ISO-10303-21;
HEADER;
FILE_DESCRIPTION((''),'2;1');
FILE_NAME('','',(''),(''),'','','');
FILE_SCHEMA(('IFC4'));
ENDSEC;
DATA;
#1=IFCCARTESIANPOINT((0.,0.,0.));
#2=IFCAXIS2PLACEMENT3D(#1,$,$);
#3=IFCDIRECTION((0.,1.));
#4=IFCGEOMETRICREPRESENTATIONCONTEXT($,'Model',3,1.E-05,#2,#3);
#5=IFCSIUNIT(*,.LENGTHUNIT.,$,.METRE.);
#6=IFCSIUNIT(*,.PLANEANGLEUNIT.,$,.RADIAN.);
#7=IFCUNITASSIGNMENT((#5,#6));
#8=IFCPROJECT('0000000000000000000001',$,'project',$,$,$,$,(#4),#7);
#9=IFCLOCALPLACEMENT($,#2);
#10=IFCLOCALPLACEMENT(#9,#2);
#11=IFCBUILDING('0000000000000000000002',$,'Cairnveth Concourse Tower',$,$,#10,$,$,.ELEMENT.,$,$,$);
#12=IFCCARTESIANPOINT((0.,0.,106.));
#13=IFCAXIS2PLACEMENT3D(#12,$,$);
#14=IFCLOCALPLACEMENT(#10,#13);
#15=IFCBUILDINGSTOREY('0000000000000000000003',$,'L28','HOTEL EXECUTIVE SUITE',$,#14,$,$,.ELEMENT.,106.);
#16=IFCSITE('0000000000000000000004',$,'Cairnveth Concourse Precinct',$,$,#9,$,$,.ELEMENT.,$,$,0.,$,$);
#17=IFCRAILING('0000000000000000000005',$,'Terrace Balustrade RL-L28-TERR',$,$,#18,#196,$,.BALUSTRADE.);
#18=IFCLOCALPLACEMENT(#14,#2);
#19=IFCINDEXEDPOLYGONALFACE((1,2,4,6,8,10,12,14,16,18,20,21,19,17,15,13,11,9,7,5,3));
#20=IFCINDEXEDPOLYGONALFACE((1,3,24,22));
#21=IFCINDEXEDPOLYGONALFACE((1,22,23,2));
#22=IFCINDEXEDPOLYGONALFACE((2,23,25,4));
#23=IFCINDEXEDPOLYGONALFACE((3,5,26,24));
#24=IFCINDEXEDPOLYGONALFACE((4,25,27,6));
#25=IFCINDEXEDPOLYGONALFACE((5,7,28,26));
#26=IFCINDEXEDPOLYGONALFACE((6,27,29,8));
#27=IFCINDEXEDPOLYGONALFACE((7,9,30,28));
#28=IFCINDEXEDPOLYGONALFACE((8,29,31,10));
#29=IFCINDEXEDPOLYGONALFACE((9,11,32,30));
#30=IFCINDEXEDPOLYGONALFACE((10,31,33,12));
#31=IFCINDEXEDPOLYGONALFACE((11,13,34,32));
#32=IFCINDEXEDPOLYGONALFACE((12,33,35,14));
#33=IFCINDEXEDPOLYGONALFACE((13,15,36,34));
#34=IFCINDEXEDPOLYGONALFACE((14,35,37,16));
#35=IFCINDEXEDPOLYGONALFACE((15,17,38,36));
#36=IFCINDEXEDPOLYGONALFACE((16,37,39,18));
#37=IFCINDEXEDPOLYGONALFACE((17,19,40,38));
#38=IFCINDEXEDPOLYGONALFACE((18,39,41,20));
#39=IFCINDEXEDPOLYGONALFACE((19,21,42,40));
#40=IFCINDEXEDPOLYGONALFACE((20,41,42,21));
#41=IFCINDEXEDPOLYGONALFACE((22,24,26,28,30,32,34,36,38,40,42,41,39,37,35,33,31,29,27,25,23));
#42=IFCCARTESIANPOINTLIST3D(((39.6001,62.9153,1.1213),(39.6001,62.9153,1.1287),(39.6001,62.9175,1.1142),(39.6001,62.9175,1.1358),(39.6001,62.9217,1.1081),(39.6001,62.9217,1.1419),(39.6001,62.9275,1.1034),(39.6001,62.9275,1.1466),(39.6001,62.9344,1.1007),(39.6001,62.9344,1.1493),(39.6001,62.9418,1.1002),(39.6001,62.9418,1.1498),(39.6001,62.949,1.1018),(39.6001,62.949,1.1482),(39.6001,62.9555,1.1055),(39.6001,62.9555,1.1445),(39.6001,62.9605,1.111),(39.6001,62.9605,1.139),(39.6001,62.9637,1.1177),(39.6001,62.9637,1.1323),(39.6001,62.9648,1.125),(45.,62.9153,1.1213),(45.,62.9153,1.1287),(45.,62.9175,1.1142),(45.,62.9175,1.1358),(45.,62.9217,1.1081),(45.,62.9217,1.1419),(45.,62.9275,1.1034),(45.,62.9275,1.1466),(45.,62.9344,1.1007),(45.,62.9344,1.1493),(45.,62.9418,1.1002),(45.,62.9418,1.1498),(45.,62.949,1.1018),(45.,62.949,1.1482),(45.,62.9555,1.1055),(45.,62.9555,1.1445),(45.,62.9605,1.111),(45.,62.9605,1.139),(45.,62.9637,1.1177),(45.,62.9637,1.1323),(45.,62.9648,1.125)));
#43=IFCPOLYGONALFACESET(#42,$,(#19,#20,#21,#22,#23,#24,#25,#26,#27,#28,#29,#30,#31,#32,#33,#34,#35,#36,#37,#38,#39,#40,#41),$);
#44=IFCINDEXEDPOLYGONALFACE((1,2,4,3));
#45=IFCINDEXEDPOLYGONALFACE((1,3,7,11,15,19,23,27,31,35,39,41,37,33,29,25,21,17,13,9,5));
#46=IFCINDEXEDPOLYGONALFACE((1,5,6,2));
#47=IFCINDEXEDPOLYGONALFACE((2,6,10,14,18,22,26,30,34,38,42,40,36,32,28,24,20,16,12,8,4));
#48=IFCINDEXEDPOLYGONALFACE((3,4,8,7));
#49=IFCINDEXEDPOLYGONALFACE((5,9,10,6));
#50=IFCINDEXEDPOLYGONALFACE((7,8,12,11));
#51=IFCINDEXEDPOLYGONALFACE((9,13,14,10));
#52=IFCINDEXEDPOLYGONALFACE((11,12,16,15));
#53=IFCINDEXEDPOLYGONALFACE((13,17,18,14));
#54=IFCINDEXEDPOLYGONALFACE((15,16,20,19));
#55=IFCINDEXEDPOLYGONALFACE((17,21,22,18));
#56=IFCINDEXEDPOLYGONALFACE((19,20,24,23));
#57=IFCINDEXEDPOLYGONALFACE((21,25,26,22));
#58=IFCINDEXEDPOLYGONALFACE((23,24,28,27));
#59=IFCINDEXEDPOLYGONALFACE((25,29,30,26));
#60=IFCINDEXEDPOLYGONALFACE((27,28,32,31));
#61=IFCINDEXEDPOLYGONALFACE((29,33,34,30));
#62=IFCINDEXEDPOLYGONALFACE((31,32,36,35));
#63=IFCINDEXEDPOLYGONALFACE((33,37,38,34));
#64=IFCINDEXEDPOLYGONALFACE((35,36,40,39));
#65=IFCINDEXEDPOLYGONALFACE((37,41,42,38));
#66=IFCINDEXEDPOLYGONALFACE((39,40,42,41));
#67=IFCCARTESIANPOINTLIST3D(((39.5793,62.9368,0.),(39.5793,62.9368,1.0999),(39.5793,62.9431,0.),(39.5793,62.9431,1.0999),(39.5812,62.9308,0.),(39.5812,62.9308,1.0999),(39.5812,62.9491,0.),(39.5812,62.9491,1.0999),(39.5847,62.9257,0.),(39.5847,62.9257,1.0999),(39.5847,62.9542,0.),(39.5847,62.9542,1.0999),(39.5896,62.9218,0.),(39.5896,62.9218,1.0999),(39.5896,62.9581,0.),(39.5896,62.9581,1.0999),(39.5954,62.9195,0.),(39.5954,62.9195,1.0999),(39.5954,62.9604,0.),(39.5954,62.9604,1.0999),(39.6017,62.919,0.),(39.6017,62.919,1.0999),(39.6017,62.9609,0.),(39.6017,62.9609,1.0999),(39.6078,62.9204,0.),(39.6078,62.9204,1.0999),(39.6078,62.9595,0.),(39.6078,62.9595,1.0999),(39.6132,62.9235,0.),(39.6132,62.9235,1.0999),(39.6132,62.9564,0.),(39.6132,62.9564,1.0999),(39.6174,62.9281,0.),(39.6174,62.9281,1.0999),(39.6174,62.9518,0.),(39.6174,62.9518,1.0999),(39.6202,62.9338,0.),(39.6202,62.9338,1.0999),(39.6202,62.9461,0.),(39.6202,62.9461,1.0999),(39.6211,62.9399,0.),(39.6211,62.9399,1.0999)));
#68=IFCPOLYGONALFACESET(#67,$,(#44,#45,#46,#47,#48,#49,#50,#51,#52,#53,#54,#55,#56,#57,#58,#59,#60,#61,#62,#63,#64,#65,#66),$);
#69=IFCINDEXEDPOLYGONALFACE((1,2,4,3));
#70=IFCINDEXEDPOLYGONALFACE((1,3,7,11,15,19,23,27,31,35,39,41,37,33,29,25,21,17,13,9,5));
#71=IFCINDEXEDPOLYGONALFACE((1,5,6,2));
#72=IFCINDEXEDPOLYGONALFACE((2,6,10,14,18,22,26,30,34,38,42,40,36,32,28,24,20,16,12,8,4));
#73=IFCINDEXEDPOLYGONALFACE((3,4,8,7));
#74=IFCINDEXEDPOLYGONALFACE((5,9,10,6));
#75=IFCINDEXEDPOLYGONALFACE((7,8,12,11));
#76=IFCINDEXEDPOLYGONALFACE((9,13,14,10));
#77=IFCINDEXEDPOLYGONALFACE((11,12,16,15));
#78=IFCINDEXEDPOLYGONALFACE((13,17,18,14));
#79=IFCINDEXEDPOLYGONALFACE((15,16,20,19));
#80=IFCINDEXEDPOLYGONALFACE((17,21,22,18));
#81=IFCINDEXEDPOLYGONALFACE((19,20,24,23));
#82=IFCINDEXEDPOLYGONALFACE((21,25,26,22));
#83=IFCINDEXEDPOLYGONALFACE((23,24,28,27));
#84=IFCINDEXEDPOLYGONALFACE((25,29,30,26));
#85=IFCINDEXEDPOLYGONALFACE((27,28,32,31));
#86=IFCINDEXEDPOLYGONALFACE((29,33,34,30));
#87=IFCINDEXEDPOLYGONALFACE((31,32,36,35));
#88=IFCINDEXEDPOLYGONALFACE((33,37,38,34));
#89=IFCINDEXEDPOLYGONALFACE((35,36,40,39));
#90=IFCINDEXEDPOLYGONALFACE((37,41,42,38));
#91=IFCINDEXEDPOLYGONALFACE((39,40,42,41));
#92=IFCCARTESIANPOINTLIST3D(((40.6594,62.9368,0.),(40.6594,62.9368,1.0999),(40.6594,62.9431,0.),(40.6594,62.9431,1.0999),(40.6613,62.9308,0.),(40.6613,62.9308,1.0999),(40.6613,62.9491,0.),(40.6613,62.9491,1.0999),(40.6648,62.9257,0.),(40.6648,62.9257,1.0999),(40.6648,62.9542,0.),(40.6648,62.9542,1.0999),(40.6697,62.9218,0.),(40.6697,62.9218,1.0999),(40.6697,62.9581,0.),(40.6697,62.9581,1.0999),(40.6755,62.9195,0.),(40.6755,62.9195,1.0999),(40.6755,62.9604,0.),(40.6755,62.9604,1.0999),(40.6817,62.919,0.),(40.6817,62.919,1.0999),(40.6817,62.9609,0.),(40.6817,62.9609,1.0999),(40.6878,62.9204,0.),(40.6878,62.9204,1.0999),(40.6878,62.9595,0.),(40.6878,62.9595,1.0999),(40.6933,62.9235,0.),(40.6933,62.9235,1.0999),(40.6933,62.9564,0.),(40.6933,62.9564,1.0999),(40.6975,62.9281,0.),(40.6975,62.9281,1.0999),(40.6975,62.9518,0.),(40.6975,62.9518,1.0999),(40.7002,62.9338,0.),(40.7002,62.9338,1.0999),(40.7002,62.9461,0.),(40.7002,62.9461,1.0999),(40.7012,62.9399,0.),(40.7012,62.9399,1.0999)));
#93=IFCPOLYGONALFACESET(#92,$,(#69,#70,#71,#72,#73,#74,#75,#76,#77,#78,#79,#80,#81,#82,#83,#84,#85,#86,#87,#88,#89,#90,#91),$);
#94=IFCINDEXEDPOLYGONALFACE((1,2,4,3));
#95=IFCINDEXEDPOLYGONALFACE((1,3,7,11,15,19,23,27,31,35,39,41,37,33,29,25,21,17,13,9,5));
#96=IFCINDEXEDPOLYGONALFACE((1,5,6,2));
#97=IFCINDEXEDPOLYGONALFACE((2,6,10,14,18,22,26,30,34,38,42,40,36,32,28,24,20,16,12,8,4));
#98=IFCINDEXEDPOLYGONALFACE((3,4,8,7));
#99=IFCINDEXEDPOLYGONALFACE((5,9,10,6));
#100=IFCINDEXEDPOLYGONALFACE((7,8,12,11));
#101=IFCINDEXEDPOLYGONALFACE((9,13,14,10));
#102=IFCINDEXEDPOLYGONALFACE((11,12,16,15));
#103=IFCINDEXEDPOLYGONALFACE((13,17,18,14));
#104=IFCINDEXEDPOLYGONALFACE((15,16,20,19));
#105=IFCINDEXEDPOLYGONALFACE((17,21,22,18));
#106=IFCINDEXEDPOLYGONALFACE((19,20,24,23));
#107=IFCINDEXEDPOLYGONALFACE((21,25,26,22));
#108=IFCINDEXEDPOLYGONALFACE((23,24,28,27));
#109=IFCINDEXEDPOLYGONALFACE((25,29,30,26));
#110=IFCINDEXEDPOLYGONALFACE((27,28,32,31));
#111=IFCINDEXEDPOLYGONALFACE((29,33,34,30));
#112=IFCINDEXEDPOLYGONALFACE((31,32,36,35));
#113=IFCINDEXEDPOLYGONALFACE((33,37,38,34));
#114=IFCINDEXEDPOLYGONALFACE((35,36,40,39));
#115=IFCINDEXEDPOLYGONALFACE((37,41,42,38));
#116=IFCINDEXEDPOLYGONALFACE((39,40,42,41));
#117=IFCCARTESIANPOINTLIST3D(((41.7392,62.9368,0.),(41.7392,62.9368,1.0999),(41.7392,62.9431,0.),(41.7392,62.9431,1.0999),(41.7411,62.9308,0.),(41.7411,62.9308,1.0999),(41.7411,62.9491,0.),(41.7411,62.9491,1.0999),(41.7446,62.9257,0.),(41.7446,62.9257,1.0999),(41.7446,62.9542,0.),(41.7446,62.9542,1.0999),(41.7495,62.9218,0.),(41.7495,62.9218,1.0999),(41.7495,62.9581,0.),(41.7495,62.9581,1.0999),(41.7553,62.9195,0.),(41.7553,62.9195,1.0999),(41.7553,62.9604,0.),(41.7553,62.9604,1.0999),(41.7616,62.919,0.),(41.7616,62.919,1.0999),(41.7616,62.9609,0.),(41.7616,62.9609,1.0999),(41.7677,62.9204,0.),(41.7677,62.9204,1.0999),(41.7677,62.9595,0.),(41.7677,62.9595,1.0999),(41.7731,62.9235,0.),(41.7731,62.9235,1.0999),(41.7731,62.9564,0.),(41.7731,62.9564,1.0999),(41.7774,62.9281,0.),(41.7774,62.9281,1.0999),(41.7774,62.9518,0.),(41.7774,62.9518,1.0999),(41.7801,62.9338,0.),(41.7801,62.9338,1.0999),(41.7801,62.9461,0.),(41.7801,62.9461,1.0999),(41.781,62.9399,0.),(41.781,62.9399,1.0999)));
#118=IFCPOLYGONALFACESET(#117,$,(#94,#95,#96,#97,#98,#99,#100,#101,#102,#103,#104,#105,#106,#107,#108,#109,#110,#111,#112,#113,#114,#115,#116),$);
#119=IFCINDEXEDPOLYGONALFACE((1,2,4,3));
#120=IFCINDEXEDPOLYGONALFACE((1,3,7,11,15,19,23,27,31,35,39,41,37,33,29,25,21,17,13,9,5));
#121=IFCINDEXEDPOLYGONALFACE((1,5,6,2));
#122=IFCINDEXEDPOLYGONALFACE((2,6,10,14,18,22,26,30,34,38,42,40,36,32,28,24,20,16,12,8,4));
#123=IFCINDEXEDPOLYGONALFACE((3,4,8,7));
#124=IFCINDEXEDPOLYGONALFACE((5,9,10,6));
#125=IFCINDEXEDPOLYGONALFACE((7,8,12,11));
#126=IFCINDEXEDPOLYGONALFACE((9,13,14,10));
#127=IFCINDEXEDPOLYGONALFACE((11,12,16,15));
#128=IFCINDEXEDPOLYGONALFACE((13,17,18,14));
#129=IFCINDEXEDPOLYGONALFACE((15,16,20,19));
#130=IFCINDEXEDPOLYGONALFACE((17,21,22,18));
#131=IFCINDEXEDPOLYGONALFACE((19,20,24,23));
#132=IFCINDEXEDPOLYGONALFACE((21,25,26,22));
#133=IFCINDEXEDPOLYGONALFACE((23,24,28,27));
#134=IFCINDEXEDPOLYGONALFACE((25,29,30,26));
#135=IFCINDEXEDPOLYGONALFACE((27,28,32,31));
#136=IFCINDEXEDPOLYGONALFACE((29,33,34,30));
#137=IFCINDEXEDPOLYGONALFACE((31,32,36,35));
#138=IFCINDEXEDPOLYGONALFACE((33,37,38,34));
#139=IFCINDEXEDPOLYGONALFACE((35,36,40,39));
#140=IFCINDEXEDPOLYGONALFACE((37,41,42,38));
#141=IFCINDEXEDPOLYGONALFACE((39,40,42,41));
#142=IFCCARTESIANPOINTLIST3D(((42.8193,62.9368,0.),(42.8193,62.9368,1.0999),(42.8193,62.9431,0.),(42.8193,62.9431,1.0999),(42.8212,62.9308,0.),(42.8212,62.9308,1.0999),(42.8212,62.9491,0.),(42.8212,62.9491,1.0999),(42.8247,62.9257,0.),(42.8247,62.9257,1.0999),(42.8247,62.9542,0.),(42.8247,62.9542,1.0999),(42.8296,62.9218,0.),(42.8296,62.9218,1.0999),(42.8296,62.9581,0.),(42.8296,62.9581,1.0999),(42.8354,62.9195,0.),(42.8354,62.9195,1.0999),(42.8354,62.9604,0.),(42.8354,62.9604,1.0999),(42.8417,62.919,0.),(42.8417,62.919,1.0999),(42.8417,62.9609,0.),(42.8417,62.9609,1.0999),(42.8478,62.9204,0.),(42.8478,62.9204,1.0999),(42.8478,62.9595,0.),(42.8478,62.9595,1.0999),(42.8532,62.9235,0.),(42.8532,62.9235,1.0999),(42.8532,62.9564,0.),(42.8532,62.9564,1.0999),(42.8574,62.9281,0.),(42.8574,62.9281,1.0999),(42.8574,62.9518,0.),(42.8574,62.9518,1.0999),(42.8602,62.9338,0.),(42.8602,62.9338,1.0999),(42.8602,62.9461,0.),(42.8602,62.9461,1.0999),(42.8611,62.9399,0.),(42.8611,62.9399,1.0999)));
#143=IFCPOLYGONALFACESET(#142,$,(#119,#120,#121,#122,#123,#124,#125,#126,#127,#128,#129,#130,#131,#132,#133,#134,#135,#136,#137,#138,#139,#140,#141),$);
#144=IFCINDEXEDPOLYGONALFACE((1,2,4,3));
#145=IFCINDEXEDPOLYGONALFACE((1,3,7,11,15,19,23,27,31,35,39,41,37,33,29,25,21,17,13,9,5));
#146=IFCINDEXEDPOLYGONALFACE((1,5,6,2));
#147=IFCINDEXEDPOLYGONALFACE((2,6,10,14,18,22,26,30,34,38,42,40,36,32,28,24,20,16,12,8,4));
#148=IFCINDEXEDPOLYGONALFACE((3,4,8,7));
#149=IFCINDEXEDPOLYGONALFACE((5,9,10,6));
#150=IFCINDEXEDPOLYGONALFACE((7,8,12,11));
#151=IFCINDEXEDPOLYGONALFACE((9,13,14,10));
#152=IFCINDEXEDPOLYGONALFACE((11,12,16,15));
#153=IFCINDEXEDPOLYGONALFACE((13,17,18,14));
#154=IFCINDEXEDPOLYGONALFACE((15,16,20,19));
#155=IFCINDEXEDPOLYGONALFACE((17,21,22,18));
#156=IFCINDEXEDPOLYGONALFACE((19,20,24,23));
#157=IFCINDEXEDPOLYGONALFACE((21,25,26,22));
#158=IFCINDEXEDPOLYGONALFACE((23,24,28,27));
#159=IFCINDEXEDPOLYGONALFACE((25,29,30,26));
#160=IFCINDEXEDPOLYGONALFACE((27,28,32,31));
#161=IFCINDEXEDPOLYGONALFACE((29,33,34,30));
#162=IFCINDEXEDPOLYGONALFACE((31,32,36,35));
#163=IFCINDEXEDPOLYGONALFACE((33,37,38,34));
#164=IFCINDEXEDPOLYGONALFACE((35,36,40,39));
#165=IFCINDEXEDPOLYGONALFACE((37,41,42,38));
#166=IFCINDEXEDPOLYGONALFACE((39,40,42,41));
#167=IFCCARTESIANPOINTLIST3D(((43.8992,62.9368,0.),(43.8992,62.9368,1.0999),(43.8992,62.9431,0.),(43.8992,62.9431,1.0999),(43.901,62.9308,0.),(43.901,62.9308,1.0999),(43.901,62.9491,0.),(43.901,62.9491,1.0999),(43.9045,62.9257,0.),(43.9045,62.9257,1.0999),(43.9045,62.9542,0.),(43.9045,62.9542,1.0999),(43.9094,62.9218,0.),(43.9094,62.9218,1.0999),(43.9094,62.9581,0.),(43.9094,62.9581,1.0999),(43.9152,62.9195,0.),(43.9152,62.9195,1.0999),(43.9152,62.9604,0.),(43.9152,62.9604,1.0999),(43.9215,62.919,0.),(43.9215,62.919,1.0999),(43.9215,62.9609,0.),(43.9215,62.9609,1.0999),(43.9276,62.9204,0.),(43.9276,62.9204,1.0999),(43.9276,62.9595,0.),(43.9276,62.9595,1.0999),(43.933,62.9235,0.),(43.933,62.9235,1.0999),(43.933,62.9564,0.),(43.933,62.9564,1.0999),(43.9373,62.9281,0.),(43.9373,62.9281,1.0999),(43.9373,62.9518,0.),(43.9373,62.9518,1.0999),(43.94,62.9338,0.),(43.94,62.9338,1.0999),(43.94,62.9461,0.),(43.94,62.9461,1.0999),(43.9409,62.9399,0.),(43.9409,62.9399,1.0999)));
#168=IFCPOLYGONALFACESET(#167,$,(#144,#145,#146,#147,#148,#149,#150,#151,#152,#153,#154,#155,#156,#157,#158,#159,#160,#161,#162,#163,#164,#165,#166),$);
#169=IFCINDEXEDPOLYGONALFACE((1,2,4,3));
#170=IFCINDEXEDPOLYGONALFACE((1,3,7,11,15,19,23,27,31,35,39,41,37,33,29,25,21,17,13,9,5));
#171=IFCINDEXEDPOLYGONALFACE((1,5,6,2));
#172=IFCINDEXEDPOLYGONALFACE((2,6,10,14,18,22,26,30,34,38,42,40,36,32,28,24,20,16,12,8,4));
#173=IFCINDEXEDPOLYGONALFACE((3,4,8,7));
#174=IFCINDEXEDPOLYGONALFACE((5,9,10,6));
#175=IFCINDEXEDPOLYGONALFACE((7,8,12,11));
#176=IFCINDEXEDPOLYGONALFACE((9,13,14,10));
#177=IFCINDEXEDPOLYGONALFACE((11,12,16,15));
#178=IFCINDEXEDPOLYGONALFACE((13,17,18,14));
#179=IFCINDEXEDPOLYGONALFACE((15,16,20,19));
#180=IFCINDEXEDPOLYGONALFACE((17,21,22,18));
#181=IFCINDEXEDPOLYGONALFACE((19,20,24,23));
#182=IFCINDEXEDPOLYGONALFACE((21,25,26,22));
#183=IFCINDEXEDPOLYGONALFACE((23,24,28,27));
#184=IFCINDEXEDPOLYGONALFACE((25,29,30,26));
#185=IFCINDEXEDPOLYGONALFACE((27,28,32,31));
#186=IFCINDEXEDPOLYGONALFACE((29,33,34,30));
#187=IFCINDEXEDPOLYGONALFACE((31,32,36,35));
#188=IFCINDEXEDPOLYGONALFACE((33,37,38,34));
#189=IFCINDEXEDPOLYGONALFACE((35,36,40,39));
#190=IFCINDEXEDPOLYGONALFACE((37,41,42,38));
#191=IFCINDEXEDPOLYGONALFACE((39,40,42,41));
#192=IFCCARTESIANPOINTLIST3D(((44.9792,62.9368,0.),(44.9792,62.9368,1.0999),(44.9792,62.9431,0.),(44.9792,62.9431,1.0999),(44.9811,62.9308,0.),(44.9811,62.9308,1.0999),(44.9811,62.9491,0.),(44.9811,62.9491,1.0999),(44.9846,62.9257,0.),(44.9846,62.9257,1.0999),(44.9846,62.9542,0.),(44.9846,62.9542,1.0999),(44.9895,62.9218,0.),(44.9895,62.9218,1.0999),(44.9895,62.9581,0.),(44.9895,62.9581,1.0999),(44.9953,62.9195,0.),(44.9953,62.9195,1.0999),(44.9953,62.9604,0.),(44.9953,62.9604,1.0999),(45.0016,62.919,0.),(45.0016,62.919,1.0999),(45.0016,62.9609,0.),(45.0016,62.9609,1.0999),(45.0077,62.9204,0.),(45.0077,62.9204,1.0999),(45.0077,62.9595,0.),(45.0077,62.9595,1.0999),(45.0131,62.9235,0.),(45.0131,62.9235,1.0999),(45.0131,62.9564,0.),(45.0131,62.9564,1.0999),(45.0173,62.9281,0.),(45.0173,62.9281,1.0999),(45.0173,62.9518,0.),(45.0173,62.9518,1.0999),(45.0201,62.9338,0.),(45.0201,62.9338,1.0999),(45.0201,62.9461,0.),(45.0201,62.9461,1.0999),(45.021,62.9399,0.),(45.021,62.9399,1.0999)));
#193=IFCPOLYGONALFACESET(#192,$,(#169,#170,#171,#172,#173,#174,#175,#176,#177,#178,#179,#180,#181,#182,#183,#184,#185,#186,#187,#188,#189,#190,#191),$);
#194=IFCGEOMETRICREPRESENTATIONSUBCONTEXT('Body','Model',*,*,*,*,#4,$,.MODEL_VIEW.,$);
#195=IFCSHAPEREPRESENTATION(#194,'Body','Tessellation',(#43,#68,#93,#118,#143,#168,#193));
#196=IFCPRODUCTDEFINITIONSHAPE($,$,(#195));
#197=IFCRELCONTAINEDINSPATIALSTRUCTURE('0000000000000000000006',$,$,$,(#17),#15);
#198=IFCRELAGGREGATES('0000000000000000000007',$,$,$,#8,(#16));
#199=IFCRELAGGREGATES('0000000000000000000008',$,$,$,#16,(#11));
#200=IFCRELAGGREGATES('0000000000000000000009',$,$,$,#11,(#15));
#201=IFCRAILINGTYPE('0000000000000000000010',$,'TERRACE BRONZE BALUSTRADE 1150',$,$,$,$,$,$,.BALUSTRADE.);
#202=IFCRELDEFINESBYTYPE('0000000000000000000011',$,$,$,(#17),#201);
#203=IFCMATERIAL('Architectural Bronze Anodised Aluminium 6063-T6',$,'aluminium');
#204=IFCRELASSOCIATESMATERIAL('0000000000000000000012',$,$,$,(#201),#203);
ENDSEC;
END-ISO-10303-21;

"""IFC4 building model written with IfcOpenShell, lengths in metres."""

from ifc_helpers import new_model, si_unit, direction, frame, origin, origin_2d, place, context, subcontext, project, spatial, circle, extrude, material, type_object, element, save


model = new_model("IFC4")

# Units and contexts
model_context = context("Model", 3, precision=1e-05, world=origin(), true_north=direction((0.0, 1.0)))
body_context = subcontext(model_context, "Body", "Model", "MODEL_VIEW")
ifc_project = project(units=[si_unit("LENGTHUNIT", "METRE"), si_unit("PLANEANGLEUNIT", "RADIAN")], contexts=[model_context])

# Site, building, storey
site_placement = place(None, origin())
site = spatial("IfcSite", under=ifc_project, at=site_placement, Name="Cairnveth Concourse Precinct", CompositionType="ELEMENT", RefElevation=0.0)
building_placement = place(site_placement, origin())
building = spatial("IfcBuilding", under=site, at=building_placement, Name="Cairnveth Concourse Tower", CompositionType="ELEMENT")
storey_placement = place(building_placement, frame((0.0, 0.0, 106.0)))
storey = spatial("IfcBuildingStorey", under=building, at=storey_placement, Name="L28", Description="HOTEL EXECUTIVE SUITE", CompositionType="ELEMENT", Elevation=106.0)

# Shared definitions
ifc_material_1 = material(Name="Architectural Bronze Anodised Aluminium 6063-T6", Category="aluminium")

# Railing
railing_type = type_object("IfcRailingType", Name="TERRACE BRONZE BALUSTRADE 1150", PredefinedType="BALUSTRADE", material=ifc_material_1)
railing_placement = place(storey_placement, frame((39.6001, 62.9399, 0.0)))
element("IfcRailing", 1, at=railing_placement, inside=storey, type_object=railing_type, Name="Terrace Balustrade RL-L28-TERR", PredefinedType="BALUSTRADE", context=body_context, shape_type="SweptSolid", body=[
    extrude(circle(Radius=0.0249, at=origin_2d()), frame((0.0, 0.0, 1.125), z_axis=(1.0, 0.0, 0.0), x_axis=(0.0, 1.0, 0.0)), (0.0, 0.0, 1.0), 5.3999),
    extrude(circle(Radius=0.021, at=origin_2d()), origin(), (0.0, 0.0, 1.0), 1.0999),
    extrude(circle(Radius=0.021, at=origin_2d()), frame((1.0801, 0.0, 0.0)), (0.0, 0.0, 1.0), 1.0999),
    extrude(circle(Radius=0.021, at=origin_2d()), frame((2.1599, 0.0, 0.0)), (0.0, 0.0, 1.0), 1.0999),
    extrude(circle(Radius=0.021, at=origin_2d()), frame((3.24, 0.0, 0.0)), (0.0, 0.0, 1.0), 1.0999),
    extrude(circle(Radius=0.021, at=origin_2d()), frame((4.3198, 0.0, 0.0)), (0.0, 0.0, 1.0), 1.0999),
    extrude(circle(Radius=0.021, at=origin_2d()), frame((5.3999, 0.0, 0.0)), (0.0, 0.0, 1.0), 1.0999),
])

save(model, "model.ifc")
